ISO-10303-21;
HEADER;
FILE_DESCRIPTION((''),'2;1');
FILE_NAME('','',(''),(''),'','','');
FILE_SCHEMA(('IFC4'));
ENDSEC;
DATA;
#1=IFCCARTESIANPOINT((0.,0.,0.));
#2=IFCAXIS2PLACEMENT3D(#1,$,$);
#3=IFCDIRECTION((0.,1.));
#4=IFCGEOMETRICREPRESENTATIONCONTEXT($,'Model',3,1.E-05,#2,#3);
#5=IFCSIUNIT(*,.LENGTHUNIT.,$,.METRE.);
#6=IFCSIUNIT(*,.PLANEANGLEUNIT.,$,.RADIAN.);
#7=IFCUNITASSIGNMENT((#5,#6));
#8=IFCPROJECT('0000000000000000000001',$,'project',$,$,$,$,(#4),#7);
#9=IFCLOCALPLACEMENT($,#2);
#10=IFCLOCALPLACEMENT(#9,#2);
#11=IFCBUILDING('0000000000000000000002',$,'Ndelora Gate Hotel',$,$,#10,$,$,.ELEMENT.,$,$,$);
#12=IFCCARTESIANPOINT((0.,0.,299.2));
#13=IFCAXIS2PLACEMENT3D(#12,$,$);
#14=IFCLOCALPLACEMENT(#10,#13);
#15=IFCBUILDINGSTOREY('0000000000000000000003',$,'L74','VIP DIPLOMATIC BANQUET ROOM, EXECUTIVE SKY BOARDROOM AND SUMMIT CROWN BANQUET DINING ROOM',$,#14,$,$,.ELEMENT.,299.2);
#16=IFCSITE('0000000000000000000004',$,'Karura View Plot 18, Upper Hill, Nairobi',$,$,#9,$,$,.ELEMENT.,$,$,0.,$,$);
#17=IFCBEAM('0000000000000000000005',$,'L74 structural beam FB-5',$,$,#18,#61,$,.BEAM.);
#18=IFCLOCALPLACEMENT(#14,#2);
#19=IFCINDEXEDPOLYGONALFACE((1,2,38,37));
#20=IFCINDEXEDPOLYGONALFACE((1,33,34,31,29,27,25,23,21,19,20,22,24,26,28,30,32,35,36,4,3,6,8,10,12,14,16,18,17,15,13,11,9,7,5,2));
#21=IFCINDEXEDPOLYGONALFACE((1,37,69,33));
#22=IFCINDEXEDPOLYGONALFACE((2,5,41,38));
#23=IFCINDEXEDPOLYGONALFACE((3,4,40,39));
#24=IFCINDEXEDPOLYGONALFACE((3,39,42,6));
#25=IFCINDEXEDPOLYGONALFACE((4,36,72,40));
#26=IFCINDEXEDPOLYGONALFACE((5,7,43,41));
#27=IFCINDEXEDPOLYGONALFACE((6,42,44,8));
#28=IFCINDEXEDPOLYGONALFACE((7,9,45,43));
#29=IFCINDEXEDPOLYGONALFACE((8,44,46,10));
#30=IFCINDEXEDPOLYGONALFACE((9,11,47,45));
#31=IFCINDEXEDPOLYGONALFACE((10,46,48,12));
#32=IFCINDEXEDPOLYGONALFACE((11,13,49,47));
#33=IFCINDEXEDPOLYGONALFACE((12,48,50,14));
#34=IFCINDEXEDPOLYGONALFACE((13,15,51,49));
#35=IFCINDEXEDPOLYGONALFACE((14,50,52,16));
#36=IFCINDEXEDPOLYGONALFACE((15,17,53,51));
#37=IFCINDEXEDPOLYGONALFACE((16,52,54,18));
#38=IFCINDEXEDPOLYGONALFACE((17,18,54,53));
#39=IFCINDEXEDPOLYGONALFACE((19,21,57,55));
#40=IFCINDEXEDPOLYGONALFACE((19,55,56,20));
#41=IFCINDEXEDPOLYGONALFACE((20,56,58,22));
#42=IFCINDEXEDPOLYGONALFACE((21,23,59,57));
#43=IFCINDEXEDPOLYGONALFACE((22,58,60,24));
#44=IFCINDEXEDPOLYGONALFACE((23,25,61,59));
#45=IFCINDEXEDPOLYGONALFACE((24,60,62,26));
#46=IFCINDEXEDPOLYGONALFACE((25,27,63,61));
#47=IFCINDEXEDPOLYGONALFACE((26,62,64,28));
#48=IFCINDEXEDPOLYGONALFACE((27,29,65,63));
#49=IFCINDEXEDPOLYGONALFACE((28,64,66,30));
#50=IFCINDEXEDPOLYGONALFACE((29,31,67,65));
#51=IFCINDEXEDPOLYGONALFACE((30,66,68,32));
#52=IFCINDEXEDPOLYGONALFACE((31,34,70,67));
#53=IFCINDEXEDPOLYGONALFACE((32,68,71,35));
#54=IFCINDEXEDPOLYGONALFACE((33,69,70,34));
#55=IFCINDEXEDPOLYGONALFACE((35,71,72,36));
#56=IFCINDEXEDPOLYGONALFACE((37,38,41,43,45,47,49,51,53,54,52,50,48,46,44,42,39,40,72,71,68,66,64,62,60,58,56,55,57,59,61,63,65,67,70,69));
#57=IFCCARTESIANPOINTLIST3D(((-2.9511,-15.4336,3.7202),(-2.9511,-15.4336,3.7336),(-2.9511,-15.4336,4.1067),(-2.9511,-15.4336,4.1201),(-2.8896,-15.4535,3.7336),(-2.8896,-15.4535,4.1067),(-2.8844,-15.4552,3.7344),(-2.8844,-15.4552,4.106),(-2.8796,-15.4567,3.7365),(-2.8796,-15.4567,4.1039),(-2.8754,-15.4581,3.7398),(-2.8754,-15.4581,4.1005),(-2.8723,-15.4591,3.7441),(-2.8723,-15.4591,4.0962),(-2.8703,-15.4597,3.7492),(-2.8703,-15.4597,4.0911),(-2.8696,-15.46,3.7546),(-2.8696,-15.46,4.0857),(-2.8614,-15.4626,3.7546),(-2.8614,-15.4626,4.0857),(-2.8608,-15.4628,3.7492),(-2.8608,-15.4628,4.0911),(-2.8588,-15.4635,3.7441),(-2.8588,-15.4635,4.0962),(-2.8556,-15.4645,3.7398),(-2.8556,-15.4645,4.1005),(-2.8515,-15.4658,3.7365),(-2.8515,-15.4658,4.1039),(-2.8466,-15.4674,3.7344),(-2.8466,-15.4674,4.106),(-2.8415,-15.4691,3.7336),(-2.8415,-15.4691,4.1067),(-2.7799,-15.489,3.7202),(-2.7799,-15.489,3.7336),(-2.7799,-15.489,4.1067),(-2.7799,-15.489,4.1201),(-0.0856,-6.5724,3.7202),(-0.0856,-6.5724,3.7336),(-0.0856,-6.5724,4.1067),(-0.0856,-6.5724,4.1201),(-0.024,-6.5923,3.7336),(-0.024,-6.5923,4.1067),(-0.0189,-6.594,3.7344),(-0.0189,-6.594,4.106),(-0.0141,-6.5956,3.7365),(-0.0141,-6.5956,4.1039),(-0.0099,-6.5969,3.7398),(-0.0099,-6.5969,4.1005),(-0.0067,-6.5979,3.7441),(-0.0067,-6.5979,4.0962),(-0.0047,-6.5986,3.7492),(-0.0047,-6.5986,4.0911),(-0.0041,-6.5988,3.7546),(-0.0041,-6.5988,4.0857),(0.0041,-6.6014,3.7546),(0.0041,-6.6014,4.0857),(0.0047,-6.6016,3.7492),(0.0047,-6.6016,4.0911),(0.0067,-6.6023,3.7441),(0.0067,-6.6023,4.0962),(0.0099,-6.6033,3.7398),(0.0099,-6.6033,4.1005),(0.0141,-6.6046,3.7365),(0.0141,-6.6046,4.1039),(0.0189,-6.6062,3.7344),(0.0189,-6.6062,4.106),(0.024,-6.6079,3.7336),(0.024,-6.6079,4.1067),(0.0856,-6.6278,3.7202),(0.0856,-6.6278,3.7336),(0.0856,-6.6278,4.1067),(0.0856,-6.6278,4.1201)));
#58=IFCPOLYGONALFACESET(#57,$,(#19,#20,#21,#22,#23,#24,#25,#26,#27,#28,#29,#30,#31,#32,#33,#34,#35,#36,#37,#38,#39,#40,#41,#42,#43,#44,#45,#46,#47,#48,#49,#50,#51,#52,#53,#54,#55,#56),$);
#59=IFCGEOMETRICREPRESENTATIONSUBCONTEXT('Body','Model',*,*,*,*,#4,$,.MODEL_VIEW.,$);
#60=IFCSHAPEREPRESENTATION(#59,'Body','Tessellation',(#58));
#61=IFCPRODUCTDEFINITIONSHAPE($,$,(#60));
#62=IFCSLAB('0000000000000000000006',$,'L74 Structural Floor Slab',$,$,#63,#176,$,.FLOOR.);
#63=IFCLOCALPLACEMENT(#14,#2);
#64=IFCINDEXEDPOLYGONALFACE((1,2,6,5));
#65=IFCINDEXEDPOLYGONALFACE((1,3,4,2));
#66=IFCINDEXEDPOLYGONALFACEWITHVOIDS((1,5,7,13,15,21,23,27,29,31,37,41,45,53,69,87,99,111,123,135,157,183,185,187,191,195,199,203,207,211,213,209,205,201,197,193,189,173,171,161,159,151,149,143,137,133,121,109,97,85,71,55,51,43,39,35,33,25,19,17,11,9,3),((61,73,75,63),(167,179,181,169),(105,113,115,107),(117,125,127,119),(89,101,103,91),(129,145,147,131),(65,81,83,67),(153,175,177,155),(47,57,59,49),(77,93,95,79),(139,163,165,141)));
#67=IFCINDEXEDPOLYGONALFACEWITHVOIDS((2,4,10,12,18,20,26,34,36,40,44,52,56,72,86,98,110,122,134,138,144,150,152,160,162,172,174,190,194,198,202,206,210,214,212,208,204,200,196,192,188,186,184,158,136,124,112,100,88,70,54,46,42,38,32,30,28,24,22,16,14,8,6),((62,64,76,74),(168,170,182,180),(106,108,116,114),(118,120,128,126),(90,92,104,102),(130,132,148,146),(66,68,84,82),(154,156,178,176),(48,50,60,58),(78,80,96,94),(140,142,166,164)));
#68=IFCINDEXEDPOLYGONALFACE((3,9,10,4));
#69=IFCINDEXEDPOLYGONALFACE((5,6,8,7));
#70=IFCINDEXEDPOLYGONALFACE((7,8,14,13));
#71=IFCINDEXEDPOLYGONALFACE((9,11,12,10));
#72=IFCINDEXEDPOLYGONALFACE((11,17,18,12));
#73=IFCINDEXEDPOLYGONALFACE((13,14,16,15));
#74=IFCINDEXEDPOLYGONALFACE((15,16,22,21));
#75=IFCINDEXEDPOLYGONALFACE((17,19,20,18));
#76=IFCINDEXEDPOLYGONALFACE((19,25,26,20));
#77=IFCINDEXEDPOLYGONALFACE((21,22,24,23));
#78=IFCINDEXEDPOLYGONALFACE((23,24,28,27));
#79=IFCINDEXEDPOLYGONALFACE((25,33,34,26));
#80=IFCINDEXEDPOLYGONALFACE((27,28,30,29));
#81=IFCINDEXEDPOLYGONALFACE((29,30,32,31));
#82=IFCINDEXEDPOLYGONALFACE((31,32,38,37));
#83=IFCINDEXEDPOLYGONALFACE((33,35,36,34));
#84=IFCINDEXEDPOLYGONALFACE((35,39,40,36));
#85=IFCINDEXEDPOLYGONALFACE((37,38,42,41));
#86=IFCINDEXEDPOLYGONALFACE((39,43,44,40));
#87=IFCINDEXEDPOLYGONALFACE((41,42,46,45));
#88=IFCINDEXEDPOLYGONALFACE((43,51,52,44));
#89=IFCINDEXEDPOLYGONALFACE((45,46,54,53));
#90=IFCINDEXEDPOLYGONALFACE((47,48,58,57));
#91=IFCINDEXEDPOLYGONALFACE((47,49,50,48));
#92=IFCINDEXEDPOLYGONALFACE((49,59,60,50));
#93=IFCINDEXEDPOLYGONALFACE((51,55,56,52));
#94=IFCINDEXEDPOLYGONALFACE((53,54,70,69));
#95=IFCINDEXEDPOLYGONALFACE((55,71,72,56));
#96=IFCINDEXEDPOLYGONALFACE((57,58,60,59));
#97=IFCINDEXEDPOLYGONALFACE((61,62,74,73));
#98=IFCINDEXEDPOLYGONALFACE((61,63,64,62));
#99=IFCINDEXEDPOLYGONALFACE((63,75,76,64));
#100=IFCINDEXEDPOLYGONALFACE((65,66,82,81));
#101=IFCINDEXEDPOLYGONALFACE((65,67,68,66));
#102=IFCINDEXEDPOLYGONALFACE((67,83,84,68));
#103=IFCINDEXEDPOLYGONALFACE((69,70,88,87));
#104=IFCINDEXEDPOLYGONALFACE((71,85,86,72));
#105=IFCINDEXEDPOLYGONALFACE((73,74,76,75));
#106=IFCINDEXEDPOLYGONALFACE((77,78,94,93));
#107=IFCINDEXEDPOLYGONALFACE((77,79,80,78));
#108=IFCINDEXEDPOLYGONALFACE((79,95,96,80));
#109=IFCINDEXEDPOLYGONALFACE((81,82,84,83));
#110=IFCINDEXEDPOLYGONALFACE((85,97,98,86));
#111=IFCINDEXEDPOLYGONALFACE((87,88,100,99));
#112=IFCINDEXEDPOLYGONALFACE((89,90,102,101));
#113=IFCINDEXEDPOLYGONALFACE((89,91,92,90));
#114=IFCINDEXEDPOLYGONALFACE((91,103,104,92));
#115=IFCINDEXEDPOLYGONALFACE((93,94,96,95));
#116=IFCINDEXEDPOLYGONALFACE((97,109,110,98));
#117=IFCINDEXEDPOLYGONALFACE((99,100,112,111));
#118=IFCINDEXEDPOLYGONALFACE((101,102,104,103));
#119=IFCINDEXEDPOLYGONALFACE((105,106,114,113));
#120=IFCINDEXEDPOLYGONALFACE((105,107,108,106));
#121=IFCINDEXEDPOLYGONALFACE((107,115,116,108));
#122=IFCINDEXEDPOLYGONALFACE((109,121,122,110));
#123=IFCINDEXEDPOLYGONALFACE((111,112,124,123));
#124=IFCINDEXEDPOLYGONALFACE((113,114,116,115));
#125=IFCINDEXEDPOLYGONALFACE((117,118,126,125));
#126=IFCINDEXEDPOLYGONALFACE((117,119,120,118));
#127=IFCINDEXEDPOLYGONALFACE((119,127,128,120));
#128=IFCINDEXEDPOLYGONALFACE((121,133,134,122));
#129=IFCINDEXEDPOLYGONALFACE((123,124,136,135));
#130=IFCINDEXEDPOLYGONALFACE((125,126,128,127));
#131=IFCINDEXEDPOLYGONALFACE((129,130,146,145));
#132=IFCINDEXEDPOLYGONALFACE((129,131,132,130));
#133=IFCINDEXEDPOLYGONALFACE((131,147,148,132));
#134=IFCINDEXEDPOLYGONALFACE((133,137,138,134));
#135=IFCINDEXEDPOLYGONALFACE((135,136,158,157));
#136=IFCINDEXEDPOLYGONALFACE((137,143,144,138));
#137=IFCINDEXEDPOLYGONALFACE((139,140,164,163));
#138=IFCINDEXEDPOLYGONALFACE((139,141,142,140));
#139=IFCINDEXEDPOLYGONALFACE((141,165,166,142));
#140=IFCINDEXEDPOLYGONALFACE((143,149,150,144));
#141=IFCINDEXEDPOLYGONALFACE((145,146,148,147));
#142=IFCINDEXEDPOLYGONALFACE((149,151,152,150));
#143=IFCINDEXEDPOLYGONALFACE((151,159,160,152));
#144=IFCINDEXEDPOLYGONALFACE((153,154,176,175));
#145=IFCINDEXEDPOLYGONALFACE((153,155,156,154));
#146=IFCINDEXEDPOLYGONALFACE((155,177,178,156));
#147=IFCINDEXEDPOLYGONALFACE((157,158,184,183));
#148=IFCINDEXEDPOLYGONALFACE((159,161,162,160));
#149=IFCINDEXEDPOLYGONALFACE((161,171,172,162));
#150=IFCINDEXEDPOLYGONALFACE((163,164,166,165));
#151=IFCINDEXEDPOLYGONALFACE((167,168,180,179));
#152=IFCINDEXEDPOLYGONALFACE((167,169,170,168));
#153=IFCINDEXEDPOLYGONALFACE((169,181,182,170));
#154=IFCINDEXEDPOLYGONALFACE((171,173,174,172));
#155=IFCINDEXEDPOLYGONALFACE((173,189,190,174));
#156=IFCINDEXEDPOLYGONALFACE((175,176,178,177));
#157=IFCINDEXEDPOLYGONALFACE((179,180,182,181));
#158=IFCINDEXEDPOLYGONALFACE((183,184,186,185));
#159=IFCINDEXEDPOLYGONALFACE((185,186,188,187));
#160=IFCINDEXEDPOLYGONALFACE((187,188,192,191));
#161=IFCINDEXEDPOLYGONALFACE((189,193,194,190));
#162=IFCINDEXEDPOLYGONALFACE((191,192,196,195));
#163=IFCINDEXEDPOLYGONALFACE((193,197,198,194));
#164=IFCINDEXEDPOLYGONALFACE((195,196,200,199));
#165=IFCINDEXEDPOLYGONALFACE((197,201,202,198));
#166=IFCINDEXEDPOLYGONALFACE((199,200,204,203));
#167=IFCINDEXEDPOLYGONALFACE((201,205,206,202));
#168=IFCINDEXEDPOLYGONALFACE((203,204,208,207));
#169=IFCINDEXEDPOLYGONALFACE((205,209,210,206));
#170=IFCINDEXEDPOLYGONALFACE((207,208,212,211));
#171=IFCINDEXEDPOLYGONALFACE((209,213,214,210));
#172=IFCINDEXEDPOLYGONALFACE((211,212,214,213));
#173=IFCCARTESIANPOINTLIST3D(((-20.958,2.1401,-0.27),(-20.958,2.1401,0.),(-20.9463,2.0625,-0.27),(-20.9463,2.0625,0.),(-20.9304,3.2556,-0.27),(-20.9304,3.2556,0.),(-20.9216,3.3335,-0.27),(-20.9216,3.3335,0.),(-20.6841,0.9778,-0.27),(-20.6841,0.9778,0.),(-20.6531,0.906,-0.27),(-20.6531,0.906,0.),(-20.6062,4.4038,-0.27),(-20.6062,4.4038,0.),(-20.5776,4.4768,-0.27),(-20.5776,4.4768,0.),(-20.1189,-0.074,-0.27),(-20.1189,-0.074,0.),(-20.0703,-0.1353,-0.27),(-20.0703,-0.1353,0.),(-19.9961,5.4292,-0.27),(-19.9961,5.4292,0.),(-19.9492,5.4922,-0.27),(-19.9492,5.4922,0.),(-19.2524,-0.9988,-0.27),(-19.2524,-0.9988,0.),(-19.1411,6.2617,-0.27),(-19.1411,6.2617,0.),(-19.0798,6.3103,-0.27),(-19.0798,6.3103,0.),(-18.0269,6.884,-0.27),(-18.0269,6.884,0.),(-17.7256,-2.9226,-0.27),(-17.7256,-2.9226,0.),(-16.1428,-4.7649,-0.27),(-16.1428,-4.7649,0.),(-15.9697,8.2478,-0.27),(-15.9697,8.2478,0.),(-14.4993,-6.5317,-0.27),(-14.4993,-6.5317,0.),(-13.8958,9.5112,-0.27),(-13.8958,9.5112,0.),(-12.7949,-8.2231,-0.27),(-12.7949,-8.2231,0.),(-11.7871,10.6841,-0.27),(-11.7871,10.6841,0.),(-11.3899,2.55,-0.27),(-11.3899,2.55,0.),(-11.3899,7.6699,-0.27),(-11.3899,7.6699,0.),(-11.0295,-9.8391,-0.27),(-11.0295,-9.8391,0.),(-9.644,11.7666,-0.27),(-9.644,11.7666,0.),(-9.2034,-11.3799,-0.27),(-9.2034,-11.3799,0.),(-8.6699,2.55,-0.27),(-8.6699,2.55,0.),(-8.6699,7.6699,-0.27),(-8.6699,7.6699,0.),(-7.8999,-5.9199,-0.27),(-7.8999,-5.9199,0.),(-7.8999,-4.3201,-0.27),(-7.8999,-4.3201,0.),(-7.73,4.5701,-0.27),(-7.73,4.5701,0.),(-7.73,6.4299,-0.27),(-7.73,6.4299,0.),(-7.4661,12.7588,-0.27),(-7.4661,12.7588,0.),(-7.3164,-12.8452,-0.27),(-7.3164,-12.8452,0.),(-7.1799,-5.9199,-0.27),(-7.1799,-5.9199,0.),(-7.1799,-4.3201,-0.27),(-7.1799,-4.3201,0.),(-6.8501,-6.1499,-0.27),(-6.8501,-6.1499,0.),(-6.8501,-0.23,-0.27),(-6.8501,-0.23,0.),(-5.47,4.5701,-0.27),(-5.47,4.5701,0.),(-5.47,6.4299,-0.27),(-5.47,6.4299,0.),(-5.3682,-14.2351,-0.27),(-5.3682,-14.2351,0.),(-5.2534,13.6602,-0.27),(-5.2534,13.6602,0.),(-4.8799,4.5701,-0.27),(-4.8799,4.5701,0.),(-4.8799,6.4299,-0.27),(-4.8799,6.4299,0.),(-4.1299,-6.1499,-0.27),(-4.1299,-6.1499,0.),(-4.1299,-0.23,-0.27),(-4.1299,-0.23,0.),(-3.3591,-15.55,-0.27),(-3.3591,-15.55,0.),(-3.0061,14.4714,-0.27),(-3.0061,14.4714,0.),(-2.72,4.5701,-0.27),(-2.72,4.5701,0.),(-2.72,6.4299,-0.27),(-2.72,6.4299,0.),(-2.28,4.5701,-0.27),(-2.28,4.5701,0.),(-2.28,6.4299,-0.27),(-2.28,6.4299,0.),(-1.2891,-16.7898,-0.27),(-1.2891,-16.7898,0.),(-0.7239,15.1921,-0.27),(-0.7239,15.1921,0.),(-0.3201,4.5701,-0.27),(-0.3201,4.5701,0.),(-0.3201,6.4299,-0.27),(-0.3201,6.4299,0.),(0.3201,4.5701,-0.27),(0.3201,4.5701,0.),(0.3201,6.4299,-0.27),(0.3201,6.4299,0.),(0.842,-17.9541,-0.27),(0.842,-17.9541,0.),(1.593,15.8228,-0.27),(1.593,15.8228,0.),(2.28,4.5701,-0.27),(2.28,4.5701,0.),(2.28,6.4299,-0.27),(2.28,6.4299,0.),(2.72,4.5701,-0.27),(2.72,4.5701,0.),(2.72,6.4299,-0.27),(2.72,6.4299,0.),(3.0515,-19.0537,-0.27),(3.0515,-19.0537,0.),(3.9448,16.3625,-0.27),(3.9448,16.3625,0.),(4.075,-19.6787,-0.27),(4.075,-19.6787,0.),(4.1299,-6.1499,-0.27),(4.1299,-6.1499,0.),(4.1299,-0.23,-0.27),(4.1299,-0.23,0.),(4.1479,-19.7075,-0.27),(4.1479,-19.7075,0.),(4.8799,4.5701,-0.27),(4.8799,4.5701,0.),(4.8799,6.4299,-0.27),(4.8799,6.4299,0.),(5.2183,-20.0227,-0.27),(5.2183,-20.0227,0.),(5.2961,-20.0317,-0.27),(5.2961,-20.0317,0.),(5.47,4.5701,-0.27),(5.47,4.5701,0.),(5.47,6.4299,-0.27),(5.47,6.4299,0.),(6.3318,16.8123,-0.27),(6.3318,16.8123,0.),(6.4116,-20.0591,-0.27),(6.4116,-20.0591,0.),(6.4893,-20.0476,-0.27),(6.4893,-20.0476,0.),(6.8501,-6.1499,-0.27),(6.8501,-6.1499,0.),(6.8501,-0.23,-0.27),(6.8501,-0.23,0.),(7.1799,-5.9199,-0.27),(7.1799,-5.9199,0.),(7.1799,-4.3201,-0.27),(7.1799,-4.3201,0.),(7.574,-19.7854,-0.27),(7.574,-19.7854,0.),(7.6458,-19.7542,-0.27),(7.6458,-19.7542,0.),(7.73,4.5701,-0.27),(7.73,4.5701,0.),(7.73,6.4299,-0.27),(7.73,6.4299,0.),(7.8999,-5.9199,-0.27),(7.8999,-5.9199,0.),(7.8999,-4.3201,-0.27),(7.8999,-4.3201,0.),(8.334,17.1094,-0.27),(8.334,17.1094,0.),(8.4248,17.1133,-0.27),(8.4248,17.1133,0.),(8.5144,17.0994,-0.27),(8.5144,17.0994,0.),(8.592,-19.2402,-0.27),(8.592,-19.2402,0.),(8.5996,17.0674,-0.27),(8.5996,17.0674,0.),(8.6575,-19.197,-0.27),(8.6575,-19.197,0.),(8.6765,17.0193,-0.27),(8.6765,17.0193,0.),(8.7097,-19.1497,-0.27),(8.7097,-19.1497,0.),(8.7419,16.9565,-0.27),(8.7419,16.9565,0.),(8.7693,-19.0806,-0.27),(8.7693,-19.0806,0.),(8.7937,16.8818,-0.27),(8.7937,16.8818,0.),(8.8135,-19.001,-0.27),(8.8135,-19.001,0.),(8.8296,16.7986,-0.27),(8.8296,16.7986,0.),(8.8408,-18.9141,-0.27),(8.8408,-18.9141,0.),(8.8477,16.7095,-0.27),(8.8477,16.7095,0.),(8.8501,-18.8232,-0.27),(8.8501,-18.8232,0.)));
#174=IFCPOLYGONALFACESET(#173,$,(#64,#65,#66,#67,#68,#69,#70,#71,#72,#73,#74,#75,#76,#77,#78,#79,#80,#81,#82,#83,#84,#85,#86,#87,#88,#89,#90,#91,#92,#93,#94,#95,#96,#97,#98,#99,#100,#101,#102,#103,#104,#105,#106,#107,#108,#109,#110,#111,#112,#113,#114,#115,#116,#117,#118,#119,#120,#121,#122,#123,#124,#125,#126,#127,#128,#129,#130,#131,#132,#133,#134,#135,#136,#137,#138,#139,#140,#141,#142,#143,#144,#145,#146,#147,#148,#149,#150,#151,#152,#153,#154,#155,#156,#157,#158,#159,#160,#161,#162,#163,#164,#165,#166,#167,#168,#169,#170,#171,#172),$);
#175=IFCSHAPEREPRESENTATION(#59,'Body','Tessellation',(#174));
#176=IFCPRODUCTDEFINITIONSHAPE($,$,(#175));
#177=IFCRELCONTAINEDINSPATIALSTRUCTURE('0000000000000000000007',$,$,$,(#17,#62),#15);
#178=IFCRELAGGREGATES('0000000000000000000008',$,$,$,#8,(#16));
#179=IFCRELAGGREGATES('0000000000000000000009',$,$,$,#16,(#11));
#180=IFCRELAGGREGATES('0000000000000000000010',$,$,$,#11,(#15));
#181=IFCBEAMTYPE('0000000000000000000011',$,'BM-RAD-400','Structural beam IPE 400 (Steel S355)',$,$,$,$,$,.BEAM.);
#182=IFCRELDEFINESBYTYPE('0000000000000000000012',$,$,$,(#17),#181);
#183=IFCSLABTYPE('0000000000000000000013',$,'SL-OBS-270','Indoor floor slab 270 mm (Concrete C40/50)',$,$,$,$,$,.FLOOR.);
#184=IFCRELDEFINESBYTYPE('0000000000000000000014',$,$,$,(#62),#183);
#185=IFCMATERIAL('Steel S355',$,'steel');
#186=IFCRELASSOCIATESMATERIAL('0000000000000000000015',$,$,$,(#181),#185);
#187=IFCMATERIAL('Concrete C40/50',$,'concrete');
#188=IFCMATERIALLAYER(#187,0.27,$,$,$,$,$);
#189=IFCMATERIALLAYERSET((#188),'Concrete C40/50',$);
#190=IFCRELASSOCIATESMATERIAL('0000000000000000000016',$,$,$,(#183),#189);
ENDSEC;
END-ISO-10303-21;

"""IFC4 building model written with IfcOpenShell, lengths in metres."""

from ifc_helpers import new_model, si_unit, direction, frame, origin, origin_2d, place, context, subcontext, project, spatial, polyline, i_section, outline, extrude, material, layer, layer_set, material_profile, profile_set, type_object, element, save


model = new_model("IFC4")

# Units and contexts
model_context = context("Model", 3, precision=1e-05, world=origin(), true_north=direction((0.0, 1.0)))
body_context = subcontext(model_context, "Body", "Model", "MODEL_VIEW")
ifc_project = project(units=[si_unit("LENGTHUNIT", "METRE"), si_unit("PLANEANGLEUNIT", "RADIAN")], contexts=[model_context])

# Site, building, storey
site_placement = place(None, origin())
site = spatial("IfcSite", under=ifc_project, at=site_placement, Name="Karura View Plot 18, Upper Hill, Nairobi", CompositionType="ELEMENT", RefElevation=0.0)
building_placement = place(site_placement, origin())
building = spatial("IfcBuilding", under=site, at=building_placement, Name="Ndelora Gate Hotel", CompositionType="ELEMENT")
storey_placement = place(building_placement, frame((0.0, 0.0, 299.2)))
storey = spatial("IfcBuildingStorey", under=building, at=storey_placement, Name="L74", Description="VIP DIPLOMATIC BANQUET ROOM, EXECUTIVE SKY BOARDROOM AND SUMMIT CROWN BANQUET DINING ROOM", CompositionType="ELEMENT", Elevation=299.2)

# Beam
ifc_material_1 = material(Name="Steel S355", Category="steel")
ifc_material_profile = material_profile(ifc_material_1, i_section(OverallWidth=0.1799, OverallDepth=0.3999, WebThickness=0.0085, FlangeThickness=0.0134, FilletRadius=0.021, at=origin_2d()), Name="IPE 400")
ifc_profile_set = profile_set([ifc_material_profile], Name="Steel S355")
beam_type = type_object("IfcBeamType", Name="BM-RAD-400", Description="Structural beam IPE 400 (Steel S355)", PredefinedType="BEAM", material=ifc_profile_set)
beam_placement = place(storey_placement, frame((0.0, -6.6001, 3.9202), z_axis=(-0.30769, -0.951487, 0.0), x_axis=(0.951487, -0.30769, 0.0)))
element("IfcBeam", 1, at=beam_placement, inside=storey, type_object=beam_type, Name="L74 structural beam FB-5", PredefinedType="BEAM", context=body_context, shape_type="SweptSolid", body=[
    extrude(i_section(OverallWidth=0.1799, OverallDepth=0.3999, WebThickness=0.0085, FlangeThickness=0.0134, FilletRadius=0.021, at=origin_2d()), origin(), (0.0, 0.0, 1.0), 9.313),
])

# Slab
ifc_material_2 = material(Name="Concrete C40/50", Category="concrete")
ifc_layer_1 = layer(ifc_material_2, 0.27)
ifc_layer_set_1 = layer_set([ifc_layer_1], Name="Concrete C40/50")
slab_type = type_object("IfcSlabType", Name="SL-OBS-270", Description="Indoor floor slab 270 mm (Concrete C40/50)", PredefinedType="FLOOR", material=ifc_layer_set_1)
slab_placement = place(storey_placement, frame((0.0, 0.0, -0.27)))
element("IfcSlab", 2, at=slab_placement, inside=storey, type_object=slab_type, Name="L74 Structural Floor Slab", PredefinedType="FLOOR", context=body_context, shape_type="SweptSolid", body=[
    extrude(outline(polyline([(-18.0269, 6.884), (-19.0798, 6.3103), (-19.1411, 6.2617), (-19.9492, 5.4922), (-19.9961, 5.4292), (-20.5776, 4.4768), (-20.6062, 4.4038), (-20.9216, 3.3335), (-20.9304, 3.2556), (-20.958, 2.1401), (-20.9463, 2.0625), (-20.6841, 0.9778), (-20.6531, 0.906), (-20.1189, -0.074), (-20.0703, -0.1353), (-19.2524, -0.9988), (-17.7256, -2.9226), (-16.1428, -4.7649), (-14.4993, -6.5317), (-12.7949, -8.2231), (-11.0295, -9.8391), (-9.2034, -11.3799), (-7.3164, -12.8452), (-5.3682, -14.2351), (-3.3591, -15.55), (-1.2891, -16.7898), (0.842, -17.9541), (3.0515, -19.0537), (4.075, -19.6787), (4.1479, -19.7075), (5.2183, -20.0227), (5.2961, -20.0317), (6.4116, -20.0591), (6.4893, -20.0476), (7.574, -19.7854), (7.6458, -19.7542), (8.592, -19.2402), (8.6575, -19.197), (8.7097, -19.1497), (8.7693, -19.0806), (8.8135, -19.001), (8.8408, -18.9141), (8.8501, -18.8232), (8.8477, 16.7095), (8.8296, 16.7986), (8.7937, 16.8818), (8.7419, 16.9565), (8.6765, 17.0193), (8.5996, 17.0674), (8.5144, 17.0994), (8.4248, 17.1133), (8.334, 17.1094), (6.3318, 16.8123), (3.9448, 16.3625), (1.593, 15.8228), (-0.7239, 15.1921), (-3.0061, 14.4714), (-5.2534, 13.6602), (-7.4661, 12.7588), (-9.644, 11.7666), (-11.7871, 10.6841), (-13.8958, 9.5112), (-15.9697, 8.2478), (-18.0269, 6.884)]), holes=[polyline([(-6.8501, -0.23), (-6.8501, -6.1499), (-4.1299, -6.1499), (-4.1299, -0.23), (-6.8501, -0.23)]), polyline([(4.1299, -0.23), (4.1299, -6.1499), (6.8501, -6.1499), (6.8501, -0.23), (4.1299, -0.23)]), polyline([(-11.3899, 7.6699), (-11.3899, 2.55), (-8.6699, 2.55), (-8.6699, 7.6699), (-11.3899, 7.6699)]), polyline([(-7.73, 4.5701), (-5.47, 4.5701), (-5.47, 6.4299), (-7.73, 6.4299), (-7.73, 4.5701)]), polyline([(5.47, 4.5701), (7.73, 4.5701), (7.73, 6.4299), (5.47, 6.4299), (5.47, 4.5701)]), polyline([(-4.8799, 4.5701), (-2.72, 4.5701), (-2.72, 6.4299), (-4.8799, 6.4299), (-4.8799, 4.5701)]), polyline([(2.72, 4.5701), (4.8799, 4.5701), (4.8799, 6.4299), (2.72, 6.4299), (2.72, 4.5701)]), polyline([(-2.28, 4.5701), (-0.3201, 4.5701), (-0.3201, 6.4299), (-2.28, 6.4299), (-2.28, 4.5701)]), polyline([(0.3201, 4.5701), (2.28, 4.5701), (2.28, 6.4299), (0.3201, 6.4299), (0.3201, 4.5701)]), polyline([(-7.8999, -5.9199), (-7.1799, -5.9199), (-7.1799, -4.3201), (-7.8999, -4.3201), (-7.8999, -5.9199)]), polyline([(7.1799, -5.9199), (7.8999, -5.9199), (7.8999, -4.3201), (7.1799, -4.3201), (7.1799, -5.9199)])]), origin(), (0.0, 0.0, 1.0), 0.27),
])

save(model, "model.ifc")
